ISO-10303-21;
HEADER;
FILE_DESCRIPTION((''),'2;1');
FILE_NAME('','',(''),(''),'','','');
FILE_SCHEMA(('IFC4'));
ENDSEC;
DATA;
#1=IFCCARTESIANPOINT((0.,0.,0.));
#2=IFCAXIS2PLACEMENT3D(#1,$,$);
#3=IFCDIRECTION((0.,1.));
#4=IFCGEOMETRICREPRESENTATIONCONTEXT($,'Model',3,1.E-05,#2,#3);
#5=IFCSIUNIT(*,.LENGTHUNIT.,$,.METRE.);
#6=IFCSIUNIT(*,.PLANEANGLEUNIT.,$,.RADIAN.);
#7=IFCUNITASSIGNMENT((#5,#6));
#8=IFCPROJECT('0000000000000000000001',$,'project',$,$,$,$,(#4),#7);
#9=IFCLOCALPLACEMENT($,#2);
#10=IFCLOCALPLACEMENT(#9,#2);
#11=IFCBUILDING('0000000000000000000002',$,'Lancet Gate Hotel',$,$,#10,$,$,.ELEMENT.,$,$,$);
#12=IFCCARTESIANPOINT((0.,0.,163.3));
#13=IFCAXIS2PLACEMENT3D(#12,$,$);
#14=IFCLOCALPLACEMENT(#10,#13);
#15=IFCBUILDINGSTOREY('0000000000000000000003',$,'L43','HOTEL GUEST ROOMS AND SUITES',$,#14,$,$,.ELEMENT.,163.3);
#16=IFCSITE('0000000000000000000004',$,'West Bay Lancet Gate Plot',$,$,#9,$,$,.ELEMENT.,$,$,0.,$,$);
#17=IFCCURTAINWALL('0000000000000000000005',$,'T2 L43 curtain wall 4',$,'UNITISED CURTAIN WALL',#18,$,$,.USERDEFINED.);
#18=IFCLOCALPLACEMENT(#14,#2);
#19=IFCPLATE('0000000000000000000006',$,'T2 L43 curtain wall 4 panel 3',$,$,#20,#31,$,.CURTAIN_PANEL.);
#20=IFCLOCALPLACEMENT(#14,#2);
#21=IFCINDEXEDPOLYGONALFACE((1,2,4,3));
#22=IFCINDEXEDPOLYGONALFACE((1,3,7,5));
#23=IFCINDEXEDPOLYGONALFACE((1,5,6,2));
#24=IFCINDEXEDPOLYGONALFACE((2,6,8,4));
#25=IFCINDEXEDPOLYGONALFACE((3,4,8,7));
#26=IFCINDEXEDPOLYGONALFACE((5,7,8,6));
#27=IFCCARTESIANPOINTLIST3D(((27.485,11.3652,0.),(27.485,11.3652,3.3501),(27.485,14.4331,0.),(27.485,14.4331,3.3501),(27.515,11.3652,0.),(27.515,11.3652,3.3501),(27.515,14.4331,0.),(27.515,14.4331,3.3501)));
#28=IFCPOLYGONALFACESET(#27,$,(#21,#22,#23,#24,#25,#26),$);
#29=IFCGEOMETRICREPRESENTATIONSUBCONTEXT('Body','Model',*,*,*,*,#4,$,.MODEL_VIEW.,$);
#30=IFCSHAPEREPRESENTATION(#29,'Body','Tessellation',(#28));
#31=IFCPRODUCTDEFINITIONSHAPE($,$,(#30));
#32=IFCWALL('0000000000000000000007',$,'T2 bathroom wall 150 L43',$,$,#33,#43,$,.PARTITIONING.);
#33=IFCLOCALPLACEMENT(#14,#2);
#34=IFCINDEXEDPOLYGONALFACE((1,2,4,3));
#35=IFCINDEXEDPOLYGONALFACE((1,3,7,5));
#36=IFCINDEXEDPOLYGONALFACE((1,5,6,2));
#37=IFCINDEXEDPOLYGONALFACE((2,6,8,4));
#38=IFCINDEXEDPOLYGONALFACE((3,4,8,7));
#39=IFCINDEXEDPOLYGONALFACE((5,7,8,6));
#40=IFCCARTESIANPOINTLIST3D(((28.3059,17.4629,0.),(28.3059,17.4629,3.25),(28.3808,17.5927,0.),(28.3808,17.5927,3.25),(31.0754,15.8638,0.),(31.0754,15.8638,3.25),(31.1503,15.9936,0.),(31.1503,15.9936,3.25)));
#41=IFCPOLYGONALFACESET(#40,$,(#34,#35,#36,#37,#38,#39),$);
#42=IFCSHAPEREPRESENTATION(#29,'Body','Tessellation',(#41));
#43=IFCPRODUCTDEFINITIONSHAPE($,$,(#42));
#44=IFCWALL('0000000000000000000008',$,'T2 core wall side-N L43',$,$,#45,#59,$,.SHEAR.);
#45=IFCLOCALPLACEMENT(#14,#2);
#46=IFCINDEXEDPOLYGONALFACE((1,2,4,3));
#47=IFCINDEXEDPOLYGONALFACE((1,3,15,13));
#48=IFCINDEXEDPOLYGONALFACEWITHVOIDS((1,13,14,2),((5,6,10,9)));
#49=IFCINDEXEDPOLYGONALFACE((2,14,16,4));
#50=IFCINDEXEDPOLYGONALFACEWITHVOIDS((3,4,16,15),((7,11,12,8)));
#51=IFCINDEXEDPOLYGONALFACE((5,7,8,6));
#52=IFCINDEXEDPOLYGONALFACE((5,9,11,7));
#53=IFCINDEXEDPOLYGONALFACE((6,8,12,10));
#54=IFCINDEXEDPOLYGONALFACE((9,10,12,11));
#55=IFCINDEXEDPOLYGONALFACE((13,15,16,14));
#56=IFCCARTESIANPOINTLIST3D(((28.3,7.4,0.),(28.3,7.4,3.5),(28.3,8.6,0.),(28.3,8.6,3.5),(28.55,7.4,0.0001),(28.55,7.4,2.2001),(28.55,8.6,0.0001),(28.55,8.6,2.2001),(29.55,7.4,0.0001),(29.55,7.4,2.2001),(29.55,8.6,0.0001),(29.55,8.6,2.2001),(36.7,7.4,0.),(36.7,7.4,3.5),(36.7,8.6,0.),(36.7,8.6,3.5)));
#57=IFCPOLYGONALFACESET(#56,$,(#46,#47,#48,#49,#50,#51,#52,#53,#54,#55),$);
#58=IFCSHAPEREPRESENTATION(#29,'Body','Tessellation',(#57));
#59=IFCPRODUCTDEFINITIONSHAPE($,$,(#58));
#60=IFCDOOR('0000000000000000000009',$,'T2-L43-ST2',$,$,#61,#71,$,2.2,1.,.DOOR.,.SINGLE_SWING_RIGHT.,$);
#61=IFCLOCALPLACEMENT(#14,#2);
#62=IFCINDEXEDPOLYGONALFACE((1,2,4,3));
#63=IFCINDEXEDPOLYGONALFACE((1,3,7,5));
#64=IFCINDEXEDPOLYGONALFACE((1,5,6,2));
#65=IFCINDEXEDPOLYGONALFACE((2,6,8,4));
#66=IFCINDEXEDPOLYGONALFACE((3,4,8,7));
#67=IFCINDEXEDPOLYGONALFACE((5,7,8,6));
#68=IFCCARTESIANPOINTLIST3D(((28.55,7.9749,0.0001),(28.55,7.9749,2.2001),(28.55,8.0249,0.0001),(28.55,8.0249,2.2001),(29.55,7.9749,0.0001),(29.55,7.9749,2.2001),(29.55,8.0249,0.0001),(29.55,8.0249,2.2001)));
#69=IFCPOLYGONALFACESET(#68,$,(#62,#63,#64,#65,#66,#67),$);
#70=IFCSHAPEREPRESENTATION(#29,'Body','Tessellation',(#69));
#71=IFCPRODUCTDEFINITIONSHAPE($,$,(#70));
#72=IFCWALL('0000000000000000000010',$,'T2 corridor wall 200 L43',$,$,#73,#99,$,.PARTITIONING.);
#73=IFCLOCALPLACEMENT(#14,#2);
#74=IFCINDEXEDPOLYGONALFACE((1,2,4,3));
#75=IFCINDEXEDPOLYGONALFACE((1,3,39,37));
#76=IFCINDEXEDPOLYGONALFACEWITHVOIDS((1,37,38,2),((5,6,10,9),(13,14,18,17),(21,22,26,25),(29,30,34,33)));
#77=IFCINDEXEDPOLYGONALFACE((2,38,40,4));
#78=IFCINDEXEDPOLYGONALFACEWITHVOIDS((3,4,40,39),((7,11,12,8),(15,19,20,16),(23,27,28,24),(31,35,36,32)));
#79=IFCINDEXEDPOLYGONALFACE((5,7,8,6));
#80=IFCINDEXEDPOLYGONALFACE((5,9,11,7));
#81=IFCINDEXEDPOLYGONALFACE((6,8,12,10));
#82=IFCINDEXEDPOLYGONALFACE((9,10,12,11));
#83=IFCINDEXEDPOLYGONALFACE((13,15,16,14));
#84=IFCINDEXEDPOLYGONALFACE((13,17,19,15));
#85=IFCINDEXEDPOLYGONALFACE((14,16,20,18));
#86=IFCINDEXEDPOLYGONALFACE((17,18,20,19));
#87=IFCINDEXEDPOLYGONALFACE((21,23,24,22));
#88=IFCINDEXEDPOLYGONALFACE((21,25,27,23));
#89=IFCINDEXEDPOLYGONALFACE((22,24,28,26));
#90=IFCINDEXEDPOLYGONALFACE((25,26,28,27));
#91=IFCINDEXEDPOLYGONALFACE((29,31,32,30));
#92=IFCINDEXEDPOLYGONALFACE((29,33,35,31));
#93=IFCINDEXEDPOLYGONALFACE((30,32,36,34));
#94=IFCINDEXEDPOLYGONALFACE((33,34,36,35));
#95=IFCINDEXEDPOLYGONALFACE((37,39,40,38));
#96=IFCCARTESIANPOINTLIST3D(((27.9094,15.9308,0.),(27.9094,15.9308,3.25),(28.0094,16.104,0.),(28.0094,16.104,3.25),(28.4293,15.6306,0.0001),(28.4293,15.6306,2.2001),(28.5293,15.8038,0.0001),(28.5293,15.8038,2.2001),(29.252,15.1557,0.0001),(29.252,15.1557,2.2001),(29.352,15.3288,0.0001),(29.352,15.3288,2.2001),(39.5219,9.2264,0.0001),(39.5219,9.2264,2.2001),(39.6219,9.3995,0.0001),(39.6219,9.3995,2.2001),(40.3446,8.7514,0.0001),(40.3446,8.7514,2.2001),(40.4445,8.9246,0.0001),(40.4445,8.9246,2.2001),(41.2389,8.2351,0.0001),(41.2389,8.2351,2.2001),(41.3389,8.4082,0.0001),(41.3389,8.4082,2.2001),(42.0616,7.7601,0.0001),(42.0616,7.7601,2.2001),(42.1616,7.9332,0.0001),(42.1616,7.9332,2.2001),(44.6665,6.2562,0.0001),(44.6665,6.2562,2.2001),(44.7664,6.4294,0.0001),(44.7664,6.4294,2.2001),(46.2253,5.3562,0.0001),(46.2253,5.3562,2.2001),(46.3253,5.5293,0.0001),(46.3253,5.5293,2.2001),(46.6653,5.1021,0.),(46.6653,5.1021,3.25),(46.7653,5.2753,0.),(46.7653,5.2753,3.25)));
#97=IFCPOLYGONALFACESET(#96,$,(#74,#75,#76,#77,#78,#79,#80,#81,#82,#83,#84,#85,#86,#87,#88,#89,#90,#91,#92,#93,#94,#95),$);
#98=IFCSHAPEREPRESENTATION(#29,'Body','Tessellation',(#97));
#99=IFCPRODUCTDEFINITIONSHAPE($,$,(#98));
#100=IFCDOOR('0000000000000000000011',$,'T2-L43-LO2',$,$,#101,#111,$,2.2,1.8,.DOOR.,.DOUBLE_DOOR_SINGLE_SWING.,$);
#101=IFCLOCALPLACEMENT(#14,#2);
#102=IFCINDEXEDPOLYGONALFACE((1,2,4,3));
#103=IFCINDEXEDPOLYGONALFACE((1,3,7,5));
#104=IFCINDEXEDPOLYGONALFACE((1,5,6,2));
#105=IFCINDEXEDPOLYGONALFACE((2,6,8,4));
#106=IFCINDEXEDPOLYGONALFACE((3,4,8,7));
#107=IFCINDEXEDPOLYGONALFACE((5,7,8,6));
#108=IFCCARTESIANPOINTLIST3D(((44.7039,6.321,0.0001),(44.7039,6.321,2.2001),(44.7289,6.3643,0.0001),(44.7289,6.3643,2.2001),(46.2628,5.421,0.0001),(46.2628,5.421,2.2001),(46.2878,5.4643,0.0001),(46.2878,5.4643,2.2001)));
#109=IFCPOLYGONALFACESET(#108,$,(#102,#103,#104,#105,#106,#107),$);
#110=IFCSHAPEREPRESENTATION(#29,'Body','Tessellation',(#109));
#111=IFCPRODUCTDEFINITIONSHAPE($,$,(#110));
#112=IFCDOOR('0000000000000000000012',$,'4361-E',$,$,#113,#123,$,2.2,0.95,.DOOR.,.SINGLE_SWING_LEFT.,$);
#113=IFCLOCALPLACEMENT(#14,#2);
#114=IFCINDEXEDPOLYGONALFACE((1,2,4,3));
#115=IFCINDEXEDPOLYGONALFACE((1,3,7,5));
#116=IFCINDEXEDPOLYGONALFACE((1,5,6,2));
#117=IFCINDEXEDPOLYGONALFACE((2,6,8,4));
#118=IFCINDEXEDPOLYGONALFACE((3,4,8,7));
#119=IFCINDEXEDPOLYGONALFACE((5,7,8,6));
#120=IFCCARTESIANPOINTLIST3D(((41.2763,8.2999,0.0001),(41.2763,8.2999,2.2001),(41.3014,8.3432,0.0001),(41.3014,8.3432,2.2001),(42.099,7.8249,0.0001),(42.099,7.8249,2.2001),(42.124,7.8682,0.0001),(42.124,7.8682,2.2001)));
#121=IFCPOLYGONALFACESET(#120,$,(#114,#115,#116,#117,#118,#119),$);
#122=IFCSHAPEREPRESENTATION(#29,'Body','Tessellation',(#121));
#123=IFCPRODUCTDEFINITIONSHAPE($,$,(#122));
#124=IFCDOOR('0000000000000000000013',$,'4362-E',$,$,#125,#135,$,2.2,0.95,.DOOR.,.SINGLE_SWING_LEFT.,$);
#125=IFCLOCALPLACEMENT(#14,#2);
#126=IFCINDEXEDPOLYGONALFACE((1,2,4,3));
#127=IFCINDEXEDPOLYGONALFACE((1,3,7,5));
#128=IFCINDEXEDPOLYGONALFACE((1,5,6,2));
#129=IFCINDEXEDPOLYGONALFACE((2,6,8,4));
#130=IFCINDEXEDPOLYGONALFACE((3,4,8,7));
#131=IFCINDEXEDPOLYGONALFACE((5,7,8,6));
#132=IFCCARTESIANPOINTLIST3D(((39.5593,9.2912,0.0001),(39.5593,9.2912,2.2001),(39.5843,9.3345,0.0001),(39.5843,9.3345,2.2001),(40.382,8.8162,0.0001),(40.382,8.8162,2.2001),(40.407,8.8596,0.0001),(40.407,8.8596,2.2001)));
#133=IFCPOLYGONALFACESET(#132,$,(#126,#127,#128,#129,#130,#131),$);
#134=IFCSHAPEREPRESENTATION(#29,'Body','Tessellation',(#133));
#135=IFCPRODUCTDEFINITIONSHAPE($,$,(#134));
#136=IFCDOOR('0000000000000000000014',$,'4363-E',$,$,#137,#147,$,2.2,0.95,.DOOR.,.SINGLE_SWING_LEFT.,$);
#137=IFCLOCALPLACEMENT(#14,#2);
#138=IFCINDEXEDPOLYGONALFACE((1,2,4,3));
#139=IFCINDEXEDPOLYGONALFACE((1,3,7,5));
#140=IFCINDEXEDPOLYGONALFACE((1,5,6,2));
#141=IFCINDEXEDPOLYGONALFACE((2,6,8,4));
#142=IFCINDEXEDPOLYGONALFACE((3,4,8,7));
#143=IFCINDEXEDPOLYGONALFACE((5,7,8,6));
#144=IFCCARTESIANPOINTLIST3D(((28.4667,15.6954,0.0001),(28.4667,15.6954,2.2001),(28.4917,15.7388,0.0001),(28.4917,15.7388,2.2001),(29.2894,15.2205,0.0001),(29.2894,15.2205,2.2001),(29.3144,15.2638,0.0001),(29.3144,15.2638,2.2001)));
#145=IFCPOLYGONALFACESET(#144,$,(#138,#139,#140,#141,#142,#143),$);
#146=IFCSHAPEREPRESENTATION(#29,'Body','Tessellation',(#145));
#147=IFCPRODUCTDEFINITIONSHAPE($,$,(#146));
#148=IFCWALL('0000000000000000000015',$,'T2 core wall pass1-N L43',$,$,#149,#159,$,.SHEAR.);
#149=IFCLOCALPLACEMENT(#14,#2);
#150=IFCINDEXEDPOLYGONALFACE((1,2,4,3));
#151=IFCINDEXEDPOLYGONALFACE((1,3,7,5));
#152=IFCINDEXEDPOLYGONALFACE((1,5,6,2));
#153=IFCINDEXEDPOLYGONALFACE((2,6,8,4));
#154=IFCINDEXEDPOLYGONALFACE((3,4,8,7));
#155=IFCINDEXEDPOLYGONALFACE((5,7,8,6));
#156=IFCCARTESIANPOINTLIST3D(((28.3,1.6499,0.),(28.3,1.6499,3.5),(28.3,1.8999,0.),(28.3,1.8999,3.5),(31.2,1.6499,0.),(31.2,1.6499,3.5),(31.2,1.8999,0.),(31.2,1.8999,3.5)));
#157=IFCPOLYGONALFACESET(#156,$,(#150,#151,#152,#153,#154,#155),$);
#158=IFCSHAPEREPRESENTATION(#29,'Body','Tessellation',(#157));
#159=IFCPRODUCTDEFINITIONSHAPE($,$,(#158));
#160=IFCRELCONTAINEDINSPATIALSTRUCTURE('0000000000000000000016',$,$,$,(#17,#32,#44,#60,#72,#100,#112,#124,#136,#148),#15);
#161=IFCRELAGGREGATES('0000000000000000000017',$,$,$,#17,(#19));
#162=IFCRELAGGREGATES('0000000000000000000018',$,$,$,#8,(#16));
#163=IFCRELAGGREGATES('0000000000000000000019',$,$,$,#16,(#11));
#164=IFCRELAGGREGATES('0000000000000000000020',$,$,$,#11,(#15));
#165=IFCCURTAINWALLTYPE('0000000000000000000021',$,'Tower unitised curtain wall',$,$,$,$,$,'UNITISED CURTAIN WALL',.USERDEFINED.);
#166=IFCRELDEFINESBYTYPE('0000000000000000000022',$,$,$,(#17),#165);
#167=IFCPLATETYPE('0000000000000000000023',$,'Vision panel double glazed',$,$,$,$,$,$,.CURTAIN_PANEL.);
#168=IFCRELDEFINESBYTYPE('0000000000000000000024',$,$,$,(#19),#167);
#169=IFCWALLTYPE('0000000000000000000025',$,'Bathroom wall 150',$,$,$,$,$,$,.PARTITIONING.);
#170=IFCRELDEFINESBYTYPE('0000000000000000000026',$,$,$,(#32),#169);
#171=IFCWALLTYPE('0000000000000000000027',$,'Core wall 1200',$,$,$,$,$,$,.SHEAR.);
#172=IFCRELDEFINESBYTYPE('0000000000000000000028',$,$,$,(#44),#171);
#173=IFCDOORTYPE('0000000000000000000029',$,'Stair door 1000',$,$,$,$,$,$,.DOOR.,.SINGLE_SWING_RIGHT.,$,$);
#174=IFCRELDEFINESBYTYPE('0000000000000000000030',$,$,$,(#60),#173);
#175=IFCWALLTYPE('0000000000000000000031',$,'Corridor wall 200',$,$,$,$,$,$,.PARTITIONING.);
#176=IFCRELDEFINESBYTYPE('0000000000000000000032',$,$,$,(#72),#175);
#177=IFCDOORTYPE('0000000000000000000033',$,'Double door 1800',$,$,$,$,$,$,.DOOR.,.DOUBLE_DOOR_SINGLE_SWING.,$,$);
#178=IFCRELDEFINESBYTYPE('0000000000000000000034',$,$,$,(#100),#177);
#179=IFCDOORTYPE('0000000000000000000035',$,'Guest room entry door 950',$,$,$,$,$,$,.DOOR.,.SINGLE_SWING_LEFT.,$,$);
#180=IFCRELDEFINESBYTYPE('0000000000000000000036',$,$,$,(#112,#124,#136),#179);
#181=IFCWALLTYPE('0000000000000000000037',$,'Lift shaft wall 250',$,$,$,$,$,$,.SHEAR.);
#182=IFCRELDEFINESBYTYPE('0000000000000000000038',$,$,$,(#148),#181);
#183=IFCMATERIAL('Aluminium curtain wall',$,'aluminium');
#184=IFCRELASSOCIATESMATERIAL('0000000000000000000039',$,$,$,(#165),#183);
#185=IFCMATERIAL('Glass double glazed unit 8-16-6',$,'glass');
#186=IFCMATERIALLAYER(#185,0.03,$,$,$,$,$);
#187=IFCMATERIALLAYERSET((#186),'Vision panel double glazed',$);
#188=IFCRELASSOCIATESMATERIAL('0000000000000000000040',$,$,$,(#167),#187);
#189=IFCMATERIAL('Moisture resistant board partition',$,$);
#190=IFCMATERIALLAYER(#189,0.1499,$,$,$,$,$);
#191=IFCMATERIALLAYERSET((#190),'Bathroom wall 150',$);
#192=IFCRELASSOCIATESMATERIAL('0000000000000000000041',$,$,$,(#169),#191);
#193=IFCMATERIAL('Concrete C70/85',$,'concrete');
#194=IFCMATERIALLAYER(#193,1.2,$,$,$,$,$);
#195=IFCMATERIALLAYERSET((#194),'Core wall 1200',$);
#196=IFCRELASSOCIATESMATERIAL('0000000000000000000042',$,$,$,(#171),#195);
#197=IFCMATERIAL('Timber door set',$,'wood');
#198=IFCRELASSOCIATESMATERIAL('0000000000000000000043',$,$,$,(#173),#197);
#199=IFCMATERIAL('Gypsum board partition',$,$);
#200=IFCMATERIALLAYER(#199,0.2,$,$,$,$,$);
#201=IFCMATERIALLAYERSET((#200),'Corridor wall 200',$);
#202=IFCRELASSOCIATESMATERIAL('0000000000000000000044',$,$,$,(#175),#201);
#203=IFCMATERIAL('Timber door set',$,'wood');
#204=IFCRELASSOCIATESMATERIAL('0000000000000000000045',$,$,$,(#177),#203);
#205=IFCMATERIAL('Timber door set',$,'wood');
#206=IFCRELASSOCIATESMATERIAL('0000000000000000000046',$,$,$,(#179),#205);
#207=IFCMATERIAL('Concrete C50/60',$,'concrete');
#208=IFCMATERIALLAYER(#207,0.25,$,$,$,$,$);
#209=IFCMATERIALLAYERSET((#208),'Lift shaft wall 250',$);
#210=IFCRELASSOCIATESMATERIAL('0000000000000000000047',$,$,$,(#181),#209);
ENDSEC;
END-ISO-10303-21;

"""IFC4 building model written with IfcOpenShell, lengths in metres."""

from ifc_helpers import new_model, si_unit, direction, frame, frame_2d, origin, origin_2d, place, context, subcontext, project, spatial, rectangle, extrude, material, layer, layer_set, type_object, element, fill, aggregate, save


model = new_model("IFC4")

# Units and contexts
model_context = context("Model", 3, precision=1e-05, world=origin(), true_north=direction((0.0, 1.0)))
body_context = subcontext(model_context, "Body", "Model", "MODEL_VIEW")
ifc_project = project(units=[si_unit("LENGTHUNIT", "METRE"), si_unit("PLANEANGLEUNIT", "RADIAN")], contexts=[model_context])

# Site, building, storey
site_placement = place(None, origin())
site = spatial("IfcSite", under=ifc_project, at=site_placement, Name="West Bay Lancet Gate Plot", CompositionType="ELEMENT", RefElevation=0.0)
building_placement = place(site_placement, origin())
building = spatial("IfcBuilding", under=site, at=building_placement, Name="Lancet Gate Hotel", CompositionType="ELEMENT")
storey_placement = place(building_placement, frame((0.0, 0.0, 163.3)))
storey = spatial("IfcBuildingStorey", under=building, at=storey_placement, Name="L43", Description="HOTEL GUEST ROOMS AND SUITES", CompositionType="ELEMENT", Elevation=163.3)

# Curtain wall
ifc_material_1 = material(Name="Aluminium curtain wall", Category="aluminium")
curtain_wall_type = type_object("IfcCurtainWallType", Name="Tower unitised curtain wall", ElementType="UNITISED CURTAIN WALL", PredefinedType="USERDEFINED", material=ifc_material_1)
curtain_wall_placement = place(storey_placement, origin())
curtain_wall = element("IfcCurtainWall", 1, at=curtain_wall_placement, inside=storey, type_object=curtain_wall_type, Name="T2 L43 curtain wall 4", ObjectType="UNITISED CURTAIN WALL", PredefinedType="USERDEFINED")

# Plate
ifc_material_2 = material(Name="Glass double glazed unit 8-16-6", Category="glass")
ifc_layer_1 = layer(ifc_material_2, 0.03)
ifc_layer_set_1 = layer_set([ifc_layer_1], Name="Vision panel double glazed")
plate_type = type_object("IfcPlateType", Name="Vision panel double glazed", PredefinedType="CURTAIN_PANEL", material=ifc_layer_set_1)
plate_1_placement = place(storey_placement, frame((27.5, 12.8992, 0.0), z_axis=(0.0, 0.0, 1.0), x_axis=(0.0, -1.0, 0.0)))
plate_1 = element("IfcPlate", 2, at=plate_1_placement, type_object=plate_type, Name="T2 L43 curtain wall 4 panel 3", PredefinedType="CURTAIN_PANEL", context=body_context, shape_type="SweptSolid", body=[
    extrude(rectangle(XDim=3.0679, YDim=0.03, at=origin_2d()), origin(), (0.0, 0.0, 1.0), 3.3501),
])
aggregate(curtain_wall, [plate_1])

# Wall
ifc_material_3 = material(Name="Moisture resistant board partition")
ifc_layer_2 = layer(ifc_material_3, 0.1499)
ifc_layer_set_2 = layer_set([ifc_layer_2], Name="Bathroom wall 150")
wall_type_1 = type_object("IfcWallType", Name="Bathroom wall 150", PredefinedType="PARTITIONING", material=ifc_layer_set_2)
wall_1_placement = place(storey_placement, frame((28.3433, 17.5278, 0.0), z_axis=(0.0, 0.0, 1.0), x_axis=(0.866008, -0.500031, 0.0)))
element("IfcWall", 3, at=wall_1_placement, inside=storey, type_object=wall_type_1, Name="T2 bathroom wall 150 L43", PredefinedType="PARTITIONING", context=body_context, shape_type="SweptSolid", body=[
    extrude(rectangle(XDim=3.198, YDim=0.1499, at=frame_2d((1.5991, 0.0))), origin(), (0.0, 0.0, 1.0), 3.25),
])

# Wall, opening, door
ifc_material_4 = material(Name="Concrete C70/85", Category="concrete")
ifc_layer_3 = layer(ifc_material_4, 1.2)
ifc_layer_set_3 = layer_set([ifc_layer_3], Name="Core wall 1200")
wall_type_2 = type_object("IfcWallType", Name="Core wall 1200", PredefinedType="SHEAR", material=ifc_layer_set_3)
wall_2_placement = place(storey_placement, frame((28.3, 8.0, 0.0), z_axis=(0.0, 0.0, 1.0), x_axis=(1.0, 0.0, 0.0)))
wall_2 = element("IfcWall", 4, at=wall_2_placement, inside=storey, type_object=wall_type_2, Name="T2 core wall side-N L43", PredefinedType="SHEAR", context=body_context, shape_type="SweptSolid", body=[
    extrude(rectangle(XDim=8.3999, YDim=1.2, at=frame_2d((4.2, 0.0))), origin(), (0.0, 0.0, 1.0), 3.5),
])
opening_1_placement = place(wall_2_placement, frame((0.25, 0.0, 0.0)))
opening_1 = element("IfcOpeningElement", 5, at=opening_1_placement, cuts=wall_2, PredefinedType="OPENING", context=body_context, shape_type="SweptSolid", body=[
    extrude(rectangle(XDim=1.0, YDim=2.2, at=frame_2d((0.5, 1.1001))), frame((0.0, 0.6099, 0.0), z_axis=(0.0, -1.0, 0.0), x_axis=(1.0, 0.0, 0.0)), (0.0, 0.0, 1.0), 1.22),
])
ifc_material_5 = material(Name="Timber door set", Category="wood")
door_type_1 = type_object("IfcDoorType", Name="Stair door 1000", OperationType="SINGLE_SWING_RIGHT", PredefinedType="DOOR", material=ifc_material_5)
door_1_placement = place(opening_1_placement, origin())
door_1 = element("IfcDoor", 6, at=door_1_placement, inside=storey, type_object=door_type_1, Name="T2-L43-ST2", OperationType="SINGLE_SWING_RIGHT", OverallHeight=2.2, OverallWidth=1.0, PredefinedType="DOOR", context=body_context, shape_type="SweptSolid", body=[
    extrude(rectangle(XDim=1.0, YDim=2.2, at=frame_2d((0.5, 1.1001))), frame((0.0, 0.0249, 0.0), z_axis=(0.0, -1.0, 0.0), x_axis=(1.0, 0.0, 0.0)), (0.0, 0.0, 1.0), 0.05),
])
fill(opening_1, door_1)

# Wall, openings, doors
ifc_material_6 = material(Name="Gypsum board partition")
ifc_layer_4 = layer(ifc_material_6, 0.2)
ifc_layer_set_4 = layer_set([ifc_layer_4], Name="Corridor wall 200")
wall_type_3 = type_object("IfcWallType", Name="Corridor wall 200", PredefinedType="PARTITIONING", material=ifc_layer_set_4)
wall_3_placement = place(storey_placement, frame((27.9595, 16.0173, 0.0), z_axis=(0.0, 0.0, 1.0), x_axis=(0.866027, -0.499997, 0.0)))
wall_3 = element("IfcWall", 7, at=wall_3_placement, inside=storey, type_object=wall_type_3, Name="T2 corridor wall 200 L43", PredefinedType="PARTITIONING", context=body_context, shape_type="SweptSolid", body=[
    extrude(rectangle(XDim=21.6575, YDim=0.2, at=frame_2d((10.8286, 0.0))), origin(), (0.0, 0.0, 1.0), 3.25),
])
opening_2_placement = place(wall_3_placement, frame((15.3914, 0.0, 0.0)))
opening_2 = element("IfcOpeningElement", 8, at=opening_2_placement, cuts=wall_3, PredefinedType="OPENING", context=body_context, shape_type="SweptSolid", body=[
    extrude(rectangle(XDim=0.95, YDim=2.2, at=frame_2d((0.4751, 1.1001))), frame((0.0, 0.1099, 0.0), z_axis=(0.0, -1.0, 0.0), x_axis=(1.0, 0.0, 0.0)), (0.0, 0.0, 1.0), 0.22),
])
opening_3_placement = place(wall_3_placement, frame((13.4087, 0.0, 0.0)))
opening_3 = element("IfcOpeningElement", 9, at=opening_3_placement, cuts=wall_3, PredefinedType="OPENING", context=body_context, shape_type="SweptSolid", body=[
    extrude(rectangle(XDim=0.95, YDim=2.2, at=frame_2d((0.4751, 1.1001))), frame((0.0, 0.1099, 0.0), z_axis=(0.0, -1.0, 0.0), x_axis=(1.0, 0.0, 0.0)), (0.0, 0.0, 1.0), 0.22),
])
opening_4_placement = place(wall_3_placement, frame((0.6001, 0.0, 0.0)))
opening_4 = element("IfcOpeningElement", 10, at=opening_4_placement, cuts=wall_3, PredefinedType="OPENING", context=body_context, shape_type="SweptSolid", body=[
    extrude(rectangle(XDim=0.95, YDim=2.2, at=frame_2d((0.4751, 1.1001))), frame((0.0, 0.1099, 0.0), z_axis=(0.0, -1.0, 0.0), x_axis=(1.0, 0.0, 0.0)), (0.0, 0.0, 1.0), 0.22),
])
opening_5_placement = place(wall_3_placement, frame((19.3494, 0.0, 0.0)))
opening_5 = element("IfcOpeningElement", 11, at=opening_5_placement, cuts=wall_3, PredefinedType="OPENING", context=body_context, shape_type="SweptSolid", body=[
    extrude(rectangle(XDim=1.8, YDim=2.2, at=frame_2d((0.8999, 1.1001))), frame((0.0, 0.1099, 0.0), z_axis=(0.0, -1.0, 0.0), x_axis=(1.0, 0.0, 0.0)), (0.0, 0.0, 1.0), 0.22),
])
ifc_material_7 = material(Name="Timber door set", Category="wood")
door_type_2 = type_object("IfcDoorType", Name="Double door 1800", OperationType="DOUBLE_DOOR_SINGLE_SWING", PredefinedType="DOOR", material=ifc_material_7)
door_2_placement = place(opening_5_placement, origin())
door_2 = element("IfcDoor", 12, at=door_2_placement, inside=storey, type_object=door_type_2, Name="T2-L43-LO2", OperationType="DOUBLE_DOOR_SINGLE_SWING", OverallHeight=2.2, OverallWidth=1.8, PredefinedType="DOOR", context=body_context, shape_type="SweptSolid", body=[
    extrude(rectangle(XDim=1.8, YDim=2.2, at=frame_2d((0.8999, 1.1001))), frame((0.0, 0.0249, 0.0), z_axis=(0.0, -1.0, 0.0), x_axis=(1.0, 0.0, 0.0)), (0.0, 0.0, 1.0), 0.05),
])
fill(opening_5, door_2)
ifc_material_8 = material(Name="Timber door set", Category="wood")
door_type_3 = type_object("IfcDoorType", Name="Guest room entry door 950", OperationType="SINGLE_SWING_LEFT", PredefinedType="DOOR", material=ifc_material_8)
door_3_placement = place(opening_2_placement, origin())
door_3 = element("IfcDoor", 13, at=door_3_placement, inside=storey, type_object=door_type_3, Name="4361-E", OperationType="SINGLE_SWING_LEFT", OverallHeight=2.2, OverallWidth=0.95, PredefinedType="DOOR", context=body_context, shape_type="SweptSolid", body=[
    extrude(rectangle(XDim=0.95, YDim=2.2, at=frame_2d((0.4751, 1.1001))), frame((0.0, 0.0249, 0.0), z_axis=(0.0, -1.0, 0.0), x_axis=(1.0, 0.0, 0.0)), (0.0, 0.0, 1.0), 0.05),
])
fill(opening_2, door_3)
door_4_placement = place(opening_3_placement, origin())
door_4 = element("IfcDoor", 14, at=door_4_placement, inside=storey, type_object=door_type_3, Name="4362-E", OperationType="SINGLE_SWING_LEFT", OverallHeight=2.2, OverallWidth=0.95, PredefinedType="DOOR", context=body_context, shape_type="SweptSolid", body=[
    extrude(rectangle(XDim=0.95, YDim=2.2, at=frame_2d((0.4751, 1.1001))), frame((0.0, 0.0249, 0.0), z_axis=(0.0, -1.0, 0.0), x_axis=(1.0, 0.0, 0.0)), (0.0, 0.0, 1.0), 0.05),
])
fill(opening_3, door_4)
door_5_placement = place(opening_4_placement, origin())
door_5 = element("IfcDoor", 15, at=door_5_placement, inside=storey, type_object=door_type_3, Name="4363-E", OperationType="SINGLE_SWING_LEFT", OverallHeight=2.2, OverallWidth=0.95, PredefinedType="DOOR", context=body_context, shape_type="SweptSolid", body=[
    extrude(rectangle(XDim=0.95, YDim=2.2, at=frame_2d((0.4751, 1.1001))), frame((0.0, 0.0249, 0.0), z_axis=(0.0, -1.0, 0.0), x_axis=(1.0, 0.0, 0.0)), (0.0, 0.0, 1.0), 0.05),
])
fill(opening_4, door_5)

# Wall
ifc_material_9 = material(Name="Concrete C50/60", Category="concrete")
ifc_layer_5 = layer(ifc_material_9, 0.25)
ifc_layer_set_5 = layer_set([ifc_layer_5], Name="Lift shaft wall 250")
wall_type_4 = type_object("IfcWallType", Name="Lift shaft wall 250", PredefinedType="SHEAR", material=ifc_layer_set_5)
wall_4_placement = place(storey_placement, frame((28.3, 1.7749, 0.0), z_axis=(0.0, 0.0, 1.0), x_axis=(1.0, 0.0, 0.0)))
element("IfcWall", 16, at=wall_4_placement, inside=storey, type_object=wall_type_4, Name="T2 core wall pass1-N L43", PredefinedType="SHEAR", context=body_context, shape_type="SweptSolid", body=[
    extrude(rectangle(XDim=2.8999, YDim=0.25, at=frame_2d((1.45, 0.0))), origin(), (0.0, 0.0, 1.0), 3.5),
])

save(model, "model.ifc")
